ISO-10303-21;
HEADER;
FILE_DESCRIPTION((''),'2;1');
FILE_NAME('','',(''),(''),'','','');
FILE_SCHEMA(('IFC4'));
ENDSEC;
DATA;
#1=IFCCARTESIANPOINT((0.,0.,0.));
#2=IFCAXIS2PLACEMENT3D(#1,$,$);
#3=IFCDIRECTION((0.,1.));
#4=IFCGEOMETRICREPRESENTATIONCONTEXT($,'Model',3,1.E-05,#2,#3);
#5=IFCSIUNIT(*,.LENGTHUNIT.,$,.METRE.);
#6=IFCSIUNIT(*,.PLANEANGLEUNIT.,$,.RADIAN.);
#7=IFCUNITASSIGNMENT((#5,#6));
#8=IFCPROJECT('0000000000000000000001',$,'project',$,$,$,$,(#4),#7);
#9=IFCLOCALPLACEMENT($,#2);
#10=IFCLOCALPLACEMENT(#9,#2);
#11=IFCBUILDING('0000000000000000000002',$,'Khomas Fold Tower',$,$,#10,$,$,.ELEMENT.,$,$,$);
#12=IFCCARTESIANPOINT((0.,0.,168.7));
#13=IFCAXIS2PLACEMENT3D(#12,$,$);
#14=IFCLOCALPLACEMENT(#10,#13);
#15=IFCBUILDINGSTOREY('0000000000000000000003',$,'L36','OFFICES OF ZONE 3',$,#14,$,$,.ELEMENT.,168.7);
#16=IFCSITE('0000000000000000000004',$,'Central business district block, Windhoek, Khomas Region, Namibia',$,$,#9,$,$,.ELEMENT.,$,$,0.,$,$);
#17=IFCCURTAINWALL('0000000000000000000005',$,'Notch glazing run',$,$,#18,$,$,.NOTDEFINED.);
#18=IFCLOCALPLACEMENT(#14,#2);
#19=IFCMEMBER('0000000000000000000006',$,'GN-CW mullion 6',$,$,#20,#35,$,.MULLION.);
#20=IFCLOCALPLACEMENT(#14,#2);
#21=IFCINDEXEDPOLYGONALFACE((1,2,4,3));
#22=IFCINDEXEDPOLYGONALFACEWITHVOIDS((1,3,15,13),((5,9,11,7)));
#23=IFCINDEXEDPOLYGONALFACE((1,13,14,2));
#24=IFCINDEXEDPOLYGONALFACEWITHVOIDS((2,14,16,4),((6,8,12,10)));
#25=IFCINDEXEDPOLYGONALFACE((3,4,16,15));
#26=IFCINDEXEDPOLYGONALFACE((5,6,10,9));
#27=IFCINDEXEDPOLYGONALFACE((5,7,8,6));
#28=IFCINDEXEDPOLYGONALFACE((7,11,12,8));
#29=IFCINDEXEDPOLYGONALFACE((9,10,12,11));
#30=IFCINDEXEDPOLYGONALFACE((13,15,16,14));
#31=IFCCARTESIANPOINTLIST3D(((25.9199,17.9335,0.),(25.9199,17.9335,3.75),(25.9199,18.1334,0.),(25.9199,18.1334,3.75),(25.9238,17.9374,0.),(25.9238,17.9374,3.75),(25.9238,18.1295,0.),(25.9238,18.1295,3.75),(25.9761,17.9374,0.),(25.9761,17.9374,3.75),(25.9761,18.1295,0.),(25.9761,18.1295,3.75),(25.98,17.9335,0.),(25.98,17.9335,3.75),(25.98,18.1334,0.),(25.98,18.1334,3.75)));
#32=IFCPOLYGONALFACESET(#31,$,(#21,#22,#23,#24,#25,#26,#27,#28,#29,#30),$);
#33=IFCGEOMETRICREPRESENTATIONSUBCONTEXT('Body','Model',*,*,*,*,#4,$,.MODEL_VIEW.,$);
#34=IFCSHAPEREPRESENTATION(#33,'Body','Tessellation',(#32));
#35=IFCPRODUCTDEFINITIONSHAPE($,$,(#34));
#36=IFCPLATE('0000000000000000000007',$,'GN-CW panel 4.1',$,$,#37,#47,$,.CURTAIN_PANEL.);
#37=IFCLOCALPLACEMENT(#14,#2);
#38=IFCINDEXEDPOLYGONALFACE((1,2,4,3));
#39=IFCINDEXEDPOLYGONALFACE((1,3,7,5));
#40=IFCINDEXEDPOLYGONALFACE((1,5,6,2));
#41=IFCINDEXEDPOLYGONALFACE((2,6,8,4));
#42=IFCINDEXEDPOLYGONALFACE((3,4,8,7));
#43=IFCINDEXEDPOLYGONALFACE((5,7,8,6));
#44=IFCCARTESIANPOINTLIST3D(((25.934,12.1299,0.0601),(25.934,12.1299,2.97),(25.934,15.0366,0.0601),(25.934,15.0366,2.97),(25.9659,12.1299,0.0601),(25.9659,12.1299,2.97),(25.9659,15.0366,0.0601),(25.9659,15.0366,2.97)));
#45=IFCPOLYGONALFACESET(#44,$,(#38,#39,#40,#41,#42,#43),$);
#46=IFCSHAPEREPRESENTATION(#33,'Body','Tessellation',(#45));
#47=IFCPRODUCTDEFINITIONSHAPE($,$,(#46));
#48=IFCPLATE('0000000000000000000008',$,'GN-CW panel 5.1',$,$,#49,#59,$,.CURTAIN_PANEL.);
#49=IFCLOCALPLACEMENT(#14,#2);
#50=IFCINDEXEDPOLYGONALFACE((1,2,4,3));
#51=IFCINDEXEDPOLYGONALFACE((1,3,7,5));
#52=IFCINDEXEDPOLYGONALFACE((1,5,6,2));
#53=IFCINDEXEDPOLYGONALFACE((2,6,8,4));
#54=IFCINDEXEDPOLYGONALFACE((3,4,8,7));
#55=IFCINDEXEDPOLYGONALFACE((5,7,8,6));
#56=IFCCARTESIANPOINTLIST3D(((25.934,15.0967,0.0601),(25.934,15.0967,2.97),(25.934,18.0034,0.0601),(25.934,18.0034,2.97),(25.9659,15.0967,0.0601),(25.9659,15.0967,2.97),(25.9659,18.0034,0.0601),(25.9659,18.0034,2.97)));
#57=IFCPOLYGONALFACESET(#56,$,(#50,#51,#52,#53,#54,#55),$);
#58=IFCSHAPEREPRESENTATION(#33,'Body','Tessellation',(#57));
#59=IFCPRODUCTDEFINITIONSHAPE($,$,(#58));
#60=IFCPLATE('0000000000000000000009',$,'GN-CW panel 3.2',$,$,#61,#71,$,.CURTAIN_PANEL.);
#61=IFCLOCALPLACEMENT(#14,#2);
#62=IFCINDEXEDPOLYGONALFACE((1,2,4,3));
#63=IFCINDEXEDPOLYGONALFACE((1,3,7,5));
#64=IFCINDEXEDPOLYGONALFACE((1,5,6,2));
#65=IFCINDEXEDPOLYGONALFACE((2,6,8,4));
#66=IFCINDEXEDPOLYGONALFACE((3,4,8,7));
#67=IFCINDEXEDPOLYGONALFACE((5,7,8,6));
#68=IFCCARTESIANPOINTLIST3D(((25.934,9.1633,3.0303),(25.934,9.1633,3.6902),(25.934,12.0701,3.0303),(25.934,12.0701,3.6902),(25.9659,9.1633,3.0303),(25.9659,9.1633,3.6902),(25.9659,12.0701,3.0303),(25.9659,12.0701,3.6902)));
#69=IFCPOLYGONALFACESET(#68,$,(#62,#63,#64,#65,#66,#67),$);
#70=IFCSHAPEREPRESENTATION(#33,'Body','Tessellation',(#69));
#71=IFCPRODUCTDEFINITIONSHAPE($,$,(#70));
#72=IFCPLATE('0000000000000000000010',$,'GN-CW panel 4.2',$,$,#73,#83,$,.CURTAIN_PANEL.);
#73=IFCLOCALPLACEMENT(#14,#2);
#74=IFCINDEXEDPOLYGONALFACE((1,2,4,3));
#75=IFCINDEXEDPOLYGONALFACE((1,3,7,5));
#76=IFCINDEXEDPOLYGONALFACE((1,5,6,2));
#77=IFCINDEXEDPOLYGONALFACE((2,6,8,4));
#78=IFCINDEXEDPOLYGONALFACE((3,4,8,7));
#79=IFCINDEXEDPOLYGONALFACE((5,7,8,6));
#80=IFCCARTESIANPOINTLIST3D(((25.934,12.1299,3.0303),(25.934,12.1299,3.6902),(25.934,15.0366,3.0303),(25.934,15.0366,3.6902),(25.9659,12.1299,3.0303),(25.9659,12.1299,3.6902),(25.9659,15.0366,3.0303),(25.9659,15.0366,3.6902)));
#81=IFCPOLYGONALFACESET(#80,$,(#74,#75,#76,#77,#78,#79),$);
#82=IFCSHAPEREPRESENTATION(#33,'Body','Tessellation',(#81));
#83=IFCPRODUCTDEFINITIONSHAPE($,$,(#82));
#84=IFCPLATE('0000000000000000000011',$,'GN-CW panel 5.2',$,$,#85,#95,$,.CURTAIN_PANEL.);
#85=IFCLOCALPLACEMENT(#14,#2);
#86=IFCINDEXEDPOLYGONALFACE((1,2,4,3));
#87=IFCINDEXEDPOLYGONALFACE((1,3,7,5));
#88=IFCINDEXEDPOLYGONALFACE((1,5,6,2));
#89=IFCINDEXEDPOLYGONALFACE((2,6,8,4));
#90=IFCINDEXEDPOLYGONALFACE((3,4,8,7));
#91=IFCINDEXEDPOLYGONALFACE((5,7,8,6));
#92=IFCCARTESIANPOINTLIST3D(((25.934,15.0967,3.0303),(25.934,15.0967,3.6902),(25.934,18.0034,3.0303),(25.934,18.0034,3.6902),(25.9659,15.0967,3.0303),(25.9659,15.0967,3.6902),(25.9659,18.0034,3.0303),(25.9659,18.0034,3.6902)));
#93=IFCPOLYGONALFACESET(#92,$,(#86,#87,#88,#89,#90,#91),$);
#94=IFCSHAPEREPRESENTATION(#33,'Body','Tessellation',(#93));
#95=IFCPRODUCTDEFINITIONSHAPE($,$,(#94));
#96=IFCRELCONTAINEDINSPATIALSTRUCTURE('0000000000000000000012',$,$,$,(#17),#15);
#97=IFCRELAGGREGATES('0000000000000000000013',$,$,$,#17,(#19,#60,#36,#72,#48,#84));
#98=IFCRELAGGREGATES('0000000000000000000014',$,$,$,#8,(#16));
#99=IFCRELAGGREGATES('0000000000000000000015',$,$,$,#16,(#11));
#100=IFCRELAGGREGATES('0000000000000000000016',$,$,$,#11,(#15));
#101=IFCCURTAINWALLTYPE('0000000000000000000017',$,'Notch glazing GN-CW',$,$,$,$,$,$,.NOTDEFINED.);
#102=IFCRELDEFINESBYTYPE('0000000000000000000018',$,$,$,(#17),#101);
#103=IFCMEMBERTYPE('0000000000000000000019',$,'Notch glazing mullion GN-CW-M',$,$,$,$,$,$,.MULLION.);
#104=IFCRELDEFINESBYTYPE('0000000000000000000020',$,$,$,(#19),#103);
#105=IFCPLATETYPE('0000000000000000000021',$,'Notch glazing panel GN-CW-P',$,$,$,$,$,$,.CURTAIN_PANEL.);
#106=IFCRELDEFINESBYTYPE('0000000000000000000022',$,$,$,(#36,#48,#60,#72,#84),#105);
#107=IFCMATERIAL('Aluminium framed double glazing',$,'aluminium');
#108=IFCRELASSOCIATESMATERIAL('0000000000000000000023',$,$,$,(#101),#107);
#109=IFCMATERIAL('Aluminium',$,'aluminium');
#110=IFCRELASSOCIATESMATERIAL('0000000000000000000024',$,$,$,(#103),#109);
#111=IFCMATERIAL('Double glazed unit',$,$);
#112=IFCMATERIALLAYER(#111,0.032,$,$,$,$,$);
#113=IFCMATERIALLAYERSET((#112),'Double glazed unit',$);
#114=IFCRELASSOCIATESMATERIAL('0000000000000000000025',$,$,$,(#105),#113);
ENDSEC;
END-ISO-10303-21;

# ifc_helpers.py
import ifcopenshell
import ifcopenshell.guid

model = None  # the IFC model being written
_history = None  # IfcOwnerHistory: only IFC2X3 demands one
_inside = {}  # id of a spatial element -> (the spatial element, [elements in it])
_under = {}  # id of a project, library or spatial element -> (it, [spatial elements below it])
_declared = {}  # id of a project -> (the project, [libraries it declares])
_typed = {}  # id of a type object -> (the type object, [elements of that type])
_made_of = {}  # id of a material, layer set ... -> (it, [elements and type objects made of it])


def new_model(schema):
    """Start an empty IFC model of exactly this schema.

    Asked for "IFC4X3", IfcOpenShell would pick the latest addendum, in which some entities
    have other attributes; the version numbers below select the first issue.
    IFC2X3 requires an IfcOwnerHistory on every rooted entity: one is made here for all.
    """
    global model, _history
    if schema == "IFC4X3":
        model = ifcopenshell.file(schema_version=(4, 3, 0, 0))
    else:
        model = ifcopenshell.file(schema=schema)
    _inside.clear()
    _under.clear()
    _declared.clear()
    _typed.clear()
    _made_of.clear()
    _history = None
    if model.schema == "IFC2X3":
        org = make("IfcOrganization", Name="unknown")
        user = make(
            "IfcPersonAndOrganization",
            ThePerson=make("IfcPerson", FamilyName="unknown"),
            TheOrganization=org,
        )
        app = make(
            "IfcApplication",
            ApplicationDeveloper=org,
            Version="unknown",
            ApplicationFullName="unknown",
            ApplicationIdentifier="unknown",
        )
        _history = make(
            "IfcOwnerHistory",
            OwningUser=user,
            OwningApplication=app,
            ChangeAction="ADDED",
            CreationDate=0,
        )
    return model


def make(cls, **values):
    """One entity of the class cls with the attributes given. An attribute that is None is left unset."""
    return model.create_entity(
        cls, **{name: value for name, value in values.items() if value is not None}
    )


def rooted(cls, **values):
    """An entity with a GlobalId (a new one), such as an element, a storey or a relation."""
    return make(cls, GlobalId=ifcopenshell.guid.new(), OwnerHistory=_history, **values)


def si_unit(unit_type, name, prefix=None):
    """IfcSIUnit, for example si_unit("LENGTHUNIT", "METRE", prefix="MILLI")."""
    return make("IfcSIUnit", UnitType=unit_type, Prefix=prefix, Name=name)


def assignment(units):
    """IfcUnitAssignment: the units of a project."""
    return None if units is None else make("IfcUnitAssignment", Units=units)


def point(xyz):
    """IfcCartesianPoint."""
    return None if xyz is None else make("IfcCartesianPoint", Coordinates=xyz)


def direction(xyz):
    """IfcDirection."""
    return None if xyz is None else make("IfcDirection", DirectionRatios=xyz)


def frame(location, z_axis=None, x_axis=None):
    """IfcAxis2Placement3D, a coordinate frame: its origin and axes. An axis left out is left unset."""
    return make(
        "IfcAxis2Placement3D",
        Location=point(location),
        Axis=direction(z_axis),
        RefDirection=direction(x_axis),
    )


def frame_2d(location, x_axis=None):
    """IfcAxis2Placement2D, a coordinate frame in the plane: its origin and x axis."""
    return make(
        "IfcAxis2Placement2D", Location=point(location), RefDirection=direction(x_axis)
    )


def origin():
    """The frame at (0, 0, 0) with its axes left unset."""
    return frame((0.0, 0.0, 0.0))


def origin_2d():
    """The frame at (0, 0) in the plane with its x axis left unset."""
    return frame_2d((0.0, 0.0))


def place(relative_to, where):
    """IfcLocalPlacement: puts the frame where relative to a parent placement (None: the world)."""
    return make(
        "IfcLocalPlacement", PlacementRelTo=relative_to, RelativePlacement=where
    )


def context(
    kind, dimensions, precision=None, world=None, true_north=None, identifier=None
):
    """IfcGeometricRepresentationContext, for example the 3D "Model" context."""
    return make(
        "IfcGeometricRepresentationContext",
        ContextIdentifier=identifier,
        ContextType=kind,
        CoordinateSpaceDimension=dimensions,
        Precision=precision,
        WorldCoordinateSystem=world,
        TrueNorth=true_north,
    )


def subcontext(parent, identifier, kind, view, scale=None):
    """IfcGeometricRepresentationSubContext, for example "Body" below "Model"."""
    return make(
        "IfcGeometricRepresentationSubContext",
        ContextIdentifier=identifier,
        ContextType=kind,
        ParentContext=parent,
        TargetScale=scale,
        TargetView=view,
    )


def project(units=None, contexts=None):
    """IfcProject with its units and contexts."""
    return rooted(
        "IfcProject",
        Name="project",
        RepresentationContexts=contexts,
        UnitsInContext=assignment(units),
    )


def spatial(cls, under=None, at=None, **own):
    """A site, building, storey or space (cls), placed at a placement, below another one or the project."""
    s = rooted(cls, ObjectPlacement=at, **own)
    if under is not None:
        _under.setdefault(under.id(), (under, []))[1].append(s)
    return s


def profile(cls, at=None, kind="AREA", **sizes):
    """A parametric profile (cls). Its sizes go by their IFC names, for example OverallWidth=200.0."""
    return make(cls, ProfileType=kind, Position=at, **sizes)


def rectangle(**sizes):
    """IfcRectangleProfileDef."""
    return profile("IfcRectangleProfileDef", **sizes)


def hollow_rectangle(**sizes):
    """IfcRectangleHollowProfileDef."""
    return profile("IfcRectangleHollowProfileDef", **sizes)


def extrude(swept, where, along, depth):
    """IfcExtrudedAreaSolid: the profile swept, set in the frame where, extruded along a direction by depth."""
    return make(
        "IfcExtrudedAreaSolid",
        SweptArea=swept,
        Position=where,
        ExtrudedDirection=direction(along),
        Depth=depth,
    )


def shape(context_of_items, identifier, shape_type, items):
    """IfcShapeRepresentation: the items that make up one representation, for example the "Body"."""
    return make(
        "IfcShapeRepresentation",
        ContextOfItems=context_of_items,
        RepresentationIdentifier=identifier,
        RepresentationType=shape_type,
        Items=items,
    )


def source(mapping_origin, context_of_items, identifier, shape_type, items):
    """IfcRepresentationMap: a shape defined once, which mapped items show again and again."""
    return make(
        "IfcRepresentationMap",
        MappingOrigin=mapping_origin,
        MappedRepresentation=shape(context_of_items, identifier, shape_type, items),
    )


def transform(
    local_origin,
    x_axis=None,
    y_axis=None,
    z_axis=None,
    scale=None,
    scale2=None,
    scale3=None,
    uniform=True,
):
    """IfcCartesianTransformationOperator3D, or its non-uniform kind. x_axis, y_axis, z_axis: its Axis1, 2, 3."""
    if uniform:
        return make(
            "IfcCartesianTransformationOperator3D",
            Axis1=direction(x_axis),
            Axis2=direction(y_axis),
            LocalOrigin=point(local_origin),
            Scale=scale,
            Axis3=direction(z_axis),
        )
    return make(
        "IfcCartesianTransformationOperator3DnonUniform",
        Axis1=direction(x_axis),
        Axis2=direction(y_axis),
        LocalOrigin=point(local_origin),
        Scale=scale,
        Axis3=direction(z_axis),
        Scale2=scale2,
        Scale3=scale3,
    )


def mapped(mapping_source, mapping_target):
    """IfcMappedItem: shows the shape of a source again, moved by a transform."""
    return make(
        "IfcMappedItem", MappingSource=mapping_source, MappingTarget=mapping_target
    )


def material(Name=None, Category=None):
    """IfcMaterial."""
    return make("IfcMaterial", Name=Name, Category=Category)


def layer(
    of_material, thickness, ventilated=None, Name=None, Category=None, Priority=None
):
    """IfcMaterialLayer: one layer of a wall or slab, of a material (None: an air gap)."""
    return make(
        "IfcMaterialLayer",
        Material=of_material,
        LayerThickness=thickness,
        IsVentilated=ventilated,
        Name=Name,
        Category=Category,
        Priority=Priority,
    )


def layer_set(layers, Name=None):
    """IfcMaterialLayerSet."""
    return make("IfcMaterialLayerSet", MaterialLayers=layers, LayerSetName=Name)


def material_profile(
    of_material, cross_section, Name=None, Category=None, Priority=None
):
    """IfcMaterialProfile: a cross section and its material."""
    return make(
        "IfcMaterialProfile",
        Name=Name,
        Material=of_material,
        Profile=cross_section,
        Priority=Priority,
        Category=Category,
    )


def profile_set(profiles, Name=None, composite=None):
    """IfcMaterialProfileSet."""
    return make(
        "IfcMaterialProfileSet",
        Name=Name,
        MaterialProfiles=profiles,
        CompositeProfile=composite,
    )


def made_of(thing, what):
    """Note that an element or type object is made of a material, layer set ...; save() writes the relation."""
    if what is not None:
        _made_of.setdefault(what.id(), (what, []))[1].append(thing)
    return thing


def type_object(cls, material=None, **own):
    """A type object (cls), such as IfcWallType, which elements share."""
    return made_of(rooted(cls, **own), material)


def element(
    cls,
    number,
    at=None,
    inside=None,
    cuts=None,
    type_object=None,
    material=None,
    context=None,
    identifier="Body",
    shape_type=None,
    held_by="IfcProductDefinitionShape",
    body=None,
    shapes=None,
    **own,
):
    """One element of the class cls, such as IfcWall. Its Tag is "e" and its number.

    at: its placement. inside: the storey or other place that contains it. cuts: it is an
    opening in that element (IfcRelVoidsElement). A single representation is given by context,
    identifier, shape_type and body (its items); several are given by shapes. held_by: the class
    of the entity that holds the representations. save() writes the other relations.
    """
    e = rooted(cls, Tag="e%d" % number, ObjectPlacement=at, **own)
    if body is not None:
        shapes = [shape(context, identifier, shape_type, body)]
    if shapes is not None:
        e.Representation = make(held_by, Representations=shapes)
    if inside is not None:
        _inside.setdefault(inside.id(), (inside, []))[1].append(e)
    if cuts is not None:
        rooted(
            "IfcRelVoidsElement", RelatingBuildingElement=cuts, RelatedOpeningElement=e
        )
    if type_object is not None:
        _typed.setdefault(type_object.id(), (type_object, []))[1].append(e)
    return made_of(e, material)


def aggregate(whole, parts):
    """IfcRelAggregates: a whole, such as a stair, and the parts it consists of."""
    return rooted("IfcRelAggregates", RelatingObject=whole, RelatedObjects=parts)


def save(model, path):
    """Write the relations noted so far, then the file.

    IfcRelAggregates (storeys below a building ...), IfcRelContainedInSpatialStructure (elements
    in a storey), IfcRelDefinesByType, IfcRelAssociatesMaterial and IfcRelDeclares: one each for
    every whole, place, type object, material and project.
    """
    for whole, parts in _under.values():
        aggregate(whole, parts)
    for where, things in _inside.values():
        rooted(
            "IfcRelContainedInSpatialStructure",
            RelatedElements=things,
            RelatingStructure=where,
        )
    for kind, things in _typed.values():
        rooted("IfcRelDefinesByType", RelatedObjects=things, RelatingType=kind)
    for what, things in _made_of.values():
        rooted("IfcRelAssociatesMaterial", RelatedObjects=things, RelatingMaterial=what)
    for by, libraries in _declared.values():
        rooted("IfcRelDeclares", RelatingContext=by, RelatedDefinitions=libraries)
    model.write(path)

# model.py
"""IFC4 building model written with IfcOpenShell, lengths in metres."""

from ifc_helpers import new_model, si_unit, direction, frame, origin, origin_2d, place, context, subcontext, project, spatial, rectangle, hollow_rectangle, extrude, source, transform, mapped, material, layer, layer_set, material_profile, profile_set, type_object, element, aggregate, save


model = new_model("IFC4")

# Units and contexts
model_context = context("Model", 3, precision=1e-05, world=origin(), true_north=direction((0.0, 1.0)))
body_context = subcontext(model_context, "Body", "Model", "MODEL_VIEW")
ifc_project = project(units=[si_unit("LENGTHUNIT", "METRE"), si_unit("PLANEANGLEUNIT", "RADIAN")], contexts=[model_context])

# Site, building, storey
site_placement = place(None, origin())
site = spatial("IfcSite", under=ifc_project, at=site_placement, Name="Central business district block, Windhoek, Khomas Region, Namibia", CompositionType="ELEMENT", RefElevation=0.0)
building_placement = place(site_placement, origin())
building = spatial("IfcBuilding", under=site, at=building_placement, Name="Khomas Fold Tower", CompositionType="ELEMENT")
storey_placement = place(building_placement, frame((0.0, 0.0, 168.7)))
storey = spatial("IfcBuildingStorey", under=building, at=storey_placement, Name="L36", Description="OFFICES OF ZONE 3", CompositionType="ELEMENT", Elevation=168.7)

# Curtain wall, member, plates
ifc_material_1 = material(Name="Aluminium framed double glazing", Category="aluminium")
curtain_wall_type = type_object("IfcCurtainWallType", Name="Notch glazing GN-CW", PredefinedType="NOTDEFINED", material=ifc_material_1)
curtain_wall_placement = place(storey_placement, origin())
curtain_wall = element("IfcCurtainWall", 1, at=curtain_wall_placement, inside=storey, type_object=curtain_wall_type, Name="Notch glazing run", PredefinedType="NOTDEFINED")
ifc_material_2 = material(Name="Aluminium", Category="aluminium")
ifc_material_profile_1 = material_profile(ifc_material_2, hollow_rectangle(XDim=0.0601, YDim=0.2, WallThickness=0.0039, at=origin_2d()), Name="Notch glazing mullion GN-CW-M")
ifc_profile_set_1 = profile_set([ifc_material_profile_1], Name="Aluminium")
member_type_1 = type_object("IfcMemberType", Name="Notch glazing mullion GN-CW-M", PredefinedType="MULLION", material=ifc_profile_set_1)
shared_shape_1 = source(origin(), body_context, "Body", "SweptSolid", [
    extrude(hollow_rectangle(XDim=0.0601, YDim=0.2, WallThickness=0.0039, at=origin_2d()), origin(), (0.0, 0.0, 1.0), 3.75),
])
member_1_placement = place(storey_placement, frame((25.95, 18.0334, 0.0), z_axis=(0.0, 0.0, 1.0), x_axis=(-1.0, 0.0, 0.0)))
member_1 = element("IfcMember", 2, at=member_1_placement, type_object=member_type_1, Name="GN-CW mullion 6", PredefinedType="MULLION", context=body_context, shape_type="MappedRepresentation", body=[
    mapped(shared_shape_1, transform((0.0, 0.0, 0.0))),
])
ifc_material_3 = material(Name="Double glazed unit")
ifc_layer = layer(ifc_material_3, 0.032)
ifc_layer_set = layer_set([ifc_layer], Name="Double glazed unit")
plate_type = type_object("IfcPlateType", Name="Notch glazing panel GN-CW-P", PredefinedType="CURTAIN_PANEL", material=ifc_layer_set)
shared_shape_2 = source(origin(), body_context, "Body", "SweptSolid", [
    extrude(rectangle(XDim=2.9067, YDim=0.032, at=origin_2d()), origin(), (0.0, 0.0, 1.0), 2.9099),
])
plate_1_placement = place(storey_placement, frame((25.95, 13.5833, 0.0601), z_axis=(0.0, 0.0, 1.0), x_axis=(0.0, 1.0, 0.0)))
plate_1 = element("IfcPlate", 3, at=plate_1_placement, type_object=plate_type, Name="GN-CW panel 4.1", PredefinedType="CURTAIN_PANEL", context=body_context, shape_type="MappedRepresentation", body=[
    mapped(shared_shape_2, transform((0.0, 0.0, 0.0))),
])
plate_2_placement = place(storey_placement, frame((25.95, 16.55, 0.0601), z_axis=(0.0, 0.0, 1.0), x_axis=(0.0, 1.0, 0.0)))
plate_2 = element("IfcPlate", 4, at=plate_2_placement, type_object=plate_type, Name="GN-CW panel 5.1", PredefinedType="CURTAIN_PANEL", context=body_context, shape_type="MappedRepresentation", body=[
    mapped(shared_shape_2, transform((0.0, 0.0, 0.0))),
])
shared_shape_3 = source(origin(), body_context, "Body", "SweptSolid", [
    extrude(rectangle(XDim=2.9067, YDim=0.032, at=origin_2d()), origin(), (0.0, 0.0, 1.0), 0.6599),
])
plate_3_placement = place(storey_placement, frame((25.95, 10.6167, 3.0303), z_axis=(0.0, 0.0, 1.0), x_axis=(0.0, 1.0, 0.0)))
plate_3 = element("IfcPlate", 5, at=plate_3_placement, type_object=plate_type, Name="GN-CW panel 3.2", PredefinedType="CURTAIN_PANEL", context=body_context, shape_type="MappedRepresentation", body=[
    mapped(shared_shape_3, transform((0.0, 0.0, 0.0))),
])
plate_4_placement = place(storey_placement, frame((25.95, 13.5833, 3.0303), z_axis=(0.0, 0.0, 1.0), x_axis=(0.0, 1.0, 0.0)))
plate_4 = element("IfcPlate", 6, at=plate_4_placement, type_object=plate_type, Name="GN-CW panel 4.2", PredefinedType="CURTAIN_PANEL", context=body_context, shape_type="MappedRepresentation", body=[
    mapped(shared_shape_3, transform((0.0, 0.0, 0.0))),
])
plate_5_placement = place(storey_placement, frame((25.95, 16.55, 3.0303), z_axis=(0.0, 0.0, 1.0), x_axis=(0.0, 1.0, 0.0)))
plate_5 = element("IfcPlate", 7, at=plate_5_placement, type_object=plate_type, Name="GN-CW panel 5.2", PredefinedType="CURTAIN_PANEL", context=body_context, shape_type="MappedRepresentation", body=[
    mapped(shared_shape_3, transform((0.0, 0.0, 0.0))),
])
aggregate(curtain_wall, [member_1, plate_3, plate_1, plate_4, plate_2, plate_5])

save(model, "model.ifc")
